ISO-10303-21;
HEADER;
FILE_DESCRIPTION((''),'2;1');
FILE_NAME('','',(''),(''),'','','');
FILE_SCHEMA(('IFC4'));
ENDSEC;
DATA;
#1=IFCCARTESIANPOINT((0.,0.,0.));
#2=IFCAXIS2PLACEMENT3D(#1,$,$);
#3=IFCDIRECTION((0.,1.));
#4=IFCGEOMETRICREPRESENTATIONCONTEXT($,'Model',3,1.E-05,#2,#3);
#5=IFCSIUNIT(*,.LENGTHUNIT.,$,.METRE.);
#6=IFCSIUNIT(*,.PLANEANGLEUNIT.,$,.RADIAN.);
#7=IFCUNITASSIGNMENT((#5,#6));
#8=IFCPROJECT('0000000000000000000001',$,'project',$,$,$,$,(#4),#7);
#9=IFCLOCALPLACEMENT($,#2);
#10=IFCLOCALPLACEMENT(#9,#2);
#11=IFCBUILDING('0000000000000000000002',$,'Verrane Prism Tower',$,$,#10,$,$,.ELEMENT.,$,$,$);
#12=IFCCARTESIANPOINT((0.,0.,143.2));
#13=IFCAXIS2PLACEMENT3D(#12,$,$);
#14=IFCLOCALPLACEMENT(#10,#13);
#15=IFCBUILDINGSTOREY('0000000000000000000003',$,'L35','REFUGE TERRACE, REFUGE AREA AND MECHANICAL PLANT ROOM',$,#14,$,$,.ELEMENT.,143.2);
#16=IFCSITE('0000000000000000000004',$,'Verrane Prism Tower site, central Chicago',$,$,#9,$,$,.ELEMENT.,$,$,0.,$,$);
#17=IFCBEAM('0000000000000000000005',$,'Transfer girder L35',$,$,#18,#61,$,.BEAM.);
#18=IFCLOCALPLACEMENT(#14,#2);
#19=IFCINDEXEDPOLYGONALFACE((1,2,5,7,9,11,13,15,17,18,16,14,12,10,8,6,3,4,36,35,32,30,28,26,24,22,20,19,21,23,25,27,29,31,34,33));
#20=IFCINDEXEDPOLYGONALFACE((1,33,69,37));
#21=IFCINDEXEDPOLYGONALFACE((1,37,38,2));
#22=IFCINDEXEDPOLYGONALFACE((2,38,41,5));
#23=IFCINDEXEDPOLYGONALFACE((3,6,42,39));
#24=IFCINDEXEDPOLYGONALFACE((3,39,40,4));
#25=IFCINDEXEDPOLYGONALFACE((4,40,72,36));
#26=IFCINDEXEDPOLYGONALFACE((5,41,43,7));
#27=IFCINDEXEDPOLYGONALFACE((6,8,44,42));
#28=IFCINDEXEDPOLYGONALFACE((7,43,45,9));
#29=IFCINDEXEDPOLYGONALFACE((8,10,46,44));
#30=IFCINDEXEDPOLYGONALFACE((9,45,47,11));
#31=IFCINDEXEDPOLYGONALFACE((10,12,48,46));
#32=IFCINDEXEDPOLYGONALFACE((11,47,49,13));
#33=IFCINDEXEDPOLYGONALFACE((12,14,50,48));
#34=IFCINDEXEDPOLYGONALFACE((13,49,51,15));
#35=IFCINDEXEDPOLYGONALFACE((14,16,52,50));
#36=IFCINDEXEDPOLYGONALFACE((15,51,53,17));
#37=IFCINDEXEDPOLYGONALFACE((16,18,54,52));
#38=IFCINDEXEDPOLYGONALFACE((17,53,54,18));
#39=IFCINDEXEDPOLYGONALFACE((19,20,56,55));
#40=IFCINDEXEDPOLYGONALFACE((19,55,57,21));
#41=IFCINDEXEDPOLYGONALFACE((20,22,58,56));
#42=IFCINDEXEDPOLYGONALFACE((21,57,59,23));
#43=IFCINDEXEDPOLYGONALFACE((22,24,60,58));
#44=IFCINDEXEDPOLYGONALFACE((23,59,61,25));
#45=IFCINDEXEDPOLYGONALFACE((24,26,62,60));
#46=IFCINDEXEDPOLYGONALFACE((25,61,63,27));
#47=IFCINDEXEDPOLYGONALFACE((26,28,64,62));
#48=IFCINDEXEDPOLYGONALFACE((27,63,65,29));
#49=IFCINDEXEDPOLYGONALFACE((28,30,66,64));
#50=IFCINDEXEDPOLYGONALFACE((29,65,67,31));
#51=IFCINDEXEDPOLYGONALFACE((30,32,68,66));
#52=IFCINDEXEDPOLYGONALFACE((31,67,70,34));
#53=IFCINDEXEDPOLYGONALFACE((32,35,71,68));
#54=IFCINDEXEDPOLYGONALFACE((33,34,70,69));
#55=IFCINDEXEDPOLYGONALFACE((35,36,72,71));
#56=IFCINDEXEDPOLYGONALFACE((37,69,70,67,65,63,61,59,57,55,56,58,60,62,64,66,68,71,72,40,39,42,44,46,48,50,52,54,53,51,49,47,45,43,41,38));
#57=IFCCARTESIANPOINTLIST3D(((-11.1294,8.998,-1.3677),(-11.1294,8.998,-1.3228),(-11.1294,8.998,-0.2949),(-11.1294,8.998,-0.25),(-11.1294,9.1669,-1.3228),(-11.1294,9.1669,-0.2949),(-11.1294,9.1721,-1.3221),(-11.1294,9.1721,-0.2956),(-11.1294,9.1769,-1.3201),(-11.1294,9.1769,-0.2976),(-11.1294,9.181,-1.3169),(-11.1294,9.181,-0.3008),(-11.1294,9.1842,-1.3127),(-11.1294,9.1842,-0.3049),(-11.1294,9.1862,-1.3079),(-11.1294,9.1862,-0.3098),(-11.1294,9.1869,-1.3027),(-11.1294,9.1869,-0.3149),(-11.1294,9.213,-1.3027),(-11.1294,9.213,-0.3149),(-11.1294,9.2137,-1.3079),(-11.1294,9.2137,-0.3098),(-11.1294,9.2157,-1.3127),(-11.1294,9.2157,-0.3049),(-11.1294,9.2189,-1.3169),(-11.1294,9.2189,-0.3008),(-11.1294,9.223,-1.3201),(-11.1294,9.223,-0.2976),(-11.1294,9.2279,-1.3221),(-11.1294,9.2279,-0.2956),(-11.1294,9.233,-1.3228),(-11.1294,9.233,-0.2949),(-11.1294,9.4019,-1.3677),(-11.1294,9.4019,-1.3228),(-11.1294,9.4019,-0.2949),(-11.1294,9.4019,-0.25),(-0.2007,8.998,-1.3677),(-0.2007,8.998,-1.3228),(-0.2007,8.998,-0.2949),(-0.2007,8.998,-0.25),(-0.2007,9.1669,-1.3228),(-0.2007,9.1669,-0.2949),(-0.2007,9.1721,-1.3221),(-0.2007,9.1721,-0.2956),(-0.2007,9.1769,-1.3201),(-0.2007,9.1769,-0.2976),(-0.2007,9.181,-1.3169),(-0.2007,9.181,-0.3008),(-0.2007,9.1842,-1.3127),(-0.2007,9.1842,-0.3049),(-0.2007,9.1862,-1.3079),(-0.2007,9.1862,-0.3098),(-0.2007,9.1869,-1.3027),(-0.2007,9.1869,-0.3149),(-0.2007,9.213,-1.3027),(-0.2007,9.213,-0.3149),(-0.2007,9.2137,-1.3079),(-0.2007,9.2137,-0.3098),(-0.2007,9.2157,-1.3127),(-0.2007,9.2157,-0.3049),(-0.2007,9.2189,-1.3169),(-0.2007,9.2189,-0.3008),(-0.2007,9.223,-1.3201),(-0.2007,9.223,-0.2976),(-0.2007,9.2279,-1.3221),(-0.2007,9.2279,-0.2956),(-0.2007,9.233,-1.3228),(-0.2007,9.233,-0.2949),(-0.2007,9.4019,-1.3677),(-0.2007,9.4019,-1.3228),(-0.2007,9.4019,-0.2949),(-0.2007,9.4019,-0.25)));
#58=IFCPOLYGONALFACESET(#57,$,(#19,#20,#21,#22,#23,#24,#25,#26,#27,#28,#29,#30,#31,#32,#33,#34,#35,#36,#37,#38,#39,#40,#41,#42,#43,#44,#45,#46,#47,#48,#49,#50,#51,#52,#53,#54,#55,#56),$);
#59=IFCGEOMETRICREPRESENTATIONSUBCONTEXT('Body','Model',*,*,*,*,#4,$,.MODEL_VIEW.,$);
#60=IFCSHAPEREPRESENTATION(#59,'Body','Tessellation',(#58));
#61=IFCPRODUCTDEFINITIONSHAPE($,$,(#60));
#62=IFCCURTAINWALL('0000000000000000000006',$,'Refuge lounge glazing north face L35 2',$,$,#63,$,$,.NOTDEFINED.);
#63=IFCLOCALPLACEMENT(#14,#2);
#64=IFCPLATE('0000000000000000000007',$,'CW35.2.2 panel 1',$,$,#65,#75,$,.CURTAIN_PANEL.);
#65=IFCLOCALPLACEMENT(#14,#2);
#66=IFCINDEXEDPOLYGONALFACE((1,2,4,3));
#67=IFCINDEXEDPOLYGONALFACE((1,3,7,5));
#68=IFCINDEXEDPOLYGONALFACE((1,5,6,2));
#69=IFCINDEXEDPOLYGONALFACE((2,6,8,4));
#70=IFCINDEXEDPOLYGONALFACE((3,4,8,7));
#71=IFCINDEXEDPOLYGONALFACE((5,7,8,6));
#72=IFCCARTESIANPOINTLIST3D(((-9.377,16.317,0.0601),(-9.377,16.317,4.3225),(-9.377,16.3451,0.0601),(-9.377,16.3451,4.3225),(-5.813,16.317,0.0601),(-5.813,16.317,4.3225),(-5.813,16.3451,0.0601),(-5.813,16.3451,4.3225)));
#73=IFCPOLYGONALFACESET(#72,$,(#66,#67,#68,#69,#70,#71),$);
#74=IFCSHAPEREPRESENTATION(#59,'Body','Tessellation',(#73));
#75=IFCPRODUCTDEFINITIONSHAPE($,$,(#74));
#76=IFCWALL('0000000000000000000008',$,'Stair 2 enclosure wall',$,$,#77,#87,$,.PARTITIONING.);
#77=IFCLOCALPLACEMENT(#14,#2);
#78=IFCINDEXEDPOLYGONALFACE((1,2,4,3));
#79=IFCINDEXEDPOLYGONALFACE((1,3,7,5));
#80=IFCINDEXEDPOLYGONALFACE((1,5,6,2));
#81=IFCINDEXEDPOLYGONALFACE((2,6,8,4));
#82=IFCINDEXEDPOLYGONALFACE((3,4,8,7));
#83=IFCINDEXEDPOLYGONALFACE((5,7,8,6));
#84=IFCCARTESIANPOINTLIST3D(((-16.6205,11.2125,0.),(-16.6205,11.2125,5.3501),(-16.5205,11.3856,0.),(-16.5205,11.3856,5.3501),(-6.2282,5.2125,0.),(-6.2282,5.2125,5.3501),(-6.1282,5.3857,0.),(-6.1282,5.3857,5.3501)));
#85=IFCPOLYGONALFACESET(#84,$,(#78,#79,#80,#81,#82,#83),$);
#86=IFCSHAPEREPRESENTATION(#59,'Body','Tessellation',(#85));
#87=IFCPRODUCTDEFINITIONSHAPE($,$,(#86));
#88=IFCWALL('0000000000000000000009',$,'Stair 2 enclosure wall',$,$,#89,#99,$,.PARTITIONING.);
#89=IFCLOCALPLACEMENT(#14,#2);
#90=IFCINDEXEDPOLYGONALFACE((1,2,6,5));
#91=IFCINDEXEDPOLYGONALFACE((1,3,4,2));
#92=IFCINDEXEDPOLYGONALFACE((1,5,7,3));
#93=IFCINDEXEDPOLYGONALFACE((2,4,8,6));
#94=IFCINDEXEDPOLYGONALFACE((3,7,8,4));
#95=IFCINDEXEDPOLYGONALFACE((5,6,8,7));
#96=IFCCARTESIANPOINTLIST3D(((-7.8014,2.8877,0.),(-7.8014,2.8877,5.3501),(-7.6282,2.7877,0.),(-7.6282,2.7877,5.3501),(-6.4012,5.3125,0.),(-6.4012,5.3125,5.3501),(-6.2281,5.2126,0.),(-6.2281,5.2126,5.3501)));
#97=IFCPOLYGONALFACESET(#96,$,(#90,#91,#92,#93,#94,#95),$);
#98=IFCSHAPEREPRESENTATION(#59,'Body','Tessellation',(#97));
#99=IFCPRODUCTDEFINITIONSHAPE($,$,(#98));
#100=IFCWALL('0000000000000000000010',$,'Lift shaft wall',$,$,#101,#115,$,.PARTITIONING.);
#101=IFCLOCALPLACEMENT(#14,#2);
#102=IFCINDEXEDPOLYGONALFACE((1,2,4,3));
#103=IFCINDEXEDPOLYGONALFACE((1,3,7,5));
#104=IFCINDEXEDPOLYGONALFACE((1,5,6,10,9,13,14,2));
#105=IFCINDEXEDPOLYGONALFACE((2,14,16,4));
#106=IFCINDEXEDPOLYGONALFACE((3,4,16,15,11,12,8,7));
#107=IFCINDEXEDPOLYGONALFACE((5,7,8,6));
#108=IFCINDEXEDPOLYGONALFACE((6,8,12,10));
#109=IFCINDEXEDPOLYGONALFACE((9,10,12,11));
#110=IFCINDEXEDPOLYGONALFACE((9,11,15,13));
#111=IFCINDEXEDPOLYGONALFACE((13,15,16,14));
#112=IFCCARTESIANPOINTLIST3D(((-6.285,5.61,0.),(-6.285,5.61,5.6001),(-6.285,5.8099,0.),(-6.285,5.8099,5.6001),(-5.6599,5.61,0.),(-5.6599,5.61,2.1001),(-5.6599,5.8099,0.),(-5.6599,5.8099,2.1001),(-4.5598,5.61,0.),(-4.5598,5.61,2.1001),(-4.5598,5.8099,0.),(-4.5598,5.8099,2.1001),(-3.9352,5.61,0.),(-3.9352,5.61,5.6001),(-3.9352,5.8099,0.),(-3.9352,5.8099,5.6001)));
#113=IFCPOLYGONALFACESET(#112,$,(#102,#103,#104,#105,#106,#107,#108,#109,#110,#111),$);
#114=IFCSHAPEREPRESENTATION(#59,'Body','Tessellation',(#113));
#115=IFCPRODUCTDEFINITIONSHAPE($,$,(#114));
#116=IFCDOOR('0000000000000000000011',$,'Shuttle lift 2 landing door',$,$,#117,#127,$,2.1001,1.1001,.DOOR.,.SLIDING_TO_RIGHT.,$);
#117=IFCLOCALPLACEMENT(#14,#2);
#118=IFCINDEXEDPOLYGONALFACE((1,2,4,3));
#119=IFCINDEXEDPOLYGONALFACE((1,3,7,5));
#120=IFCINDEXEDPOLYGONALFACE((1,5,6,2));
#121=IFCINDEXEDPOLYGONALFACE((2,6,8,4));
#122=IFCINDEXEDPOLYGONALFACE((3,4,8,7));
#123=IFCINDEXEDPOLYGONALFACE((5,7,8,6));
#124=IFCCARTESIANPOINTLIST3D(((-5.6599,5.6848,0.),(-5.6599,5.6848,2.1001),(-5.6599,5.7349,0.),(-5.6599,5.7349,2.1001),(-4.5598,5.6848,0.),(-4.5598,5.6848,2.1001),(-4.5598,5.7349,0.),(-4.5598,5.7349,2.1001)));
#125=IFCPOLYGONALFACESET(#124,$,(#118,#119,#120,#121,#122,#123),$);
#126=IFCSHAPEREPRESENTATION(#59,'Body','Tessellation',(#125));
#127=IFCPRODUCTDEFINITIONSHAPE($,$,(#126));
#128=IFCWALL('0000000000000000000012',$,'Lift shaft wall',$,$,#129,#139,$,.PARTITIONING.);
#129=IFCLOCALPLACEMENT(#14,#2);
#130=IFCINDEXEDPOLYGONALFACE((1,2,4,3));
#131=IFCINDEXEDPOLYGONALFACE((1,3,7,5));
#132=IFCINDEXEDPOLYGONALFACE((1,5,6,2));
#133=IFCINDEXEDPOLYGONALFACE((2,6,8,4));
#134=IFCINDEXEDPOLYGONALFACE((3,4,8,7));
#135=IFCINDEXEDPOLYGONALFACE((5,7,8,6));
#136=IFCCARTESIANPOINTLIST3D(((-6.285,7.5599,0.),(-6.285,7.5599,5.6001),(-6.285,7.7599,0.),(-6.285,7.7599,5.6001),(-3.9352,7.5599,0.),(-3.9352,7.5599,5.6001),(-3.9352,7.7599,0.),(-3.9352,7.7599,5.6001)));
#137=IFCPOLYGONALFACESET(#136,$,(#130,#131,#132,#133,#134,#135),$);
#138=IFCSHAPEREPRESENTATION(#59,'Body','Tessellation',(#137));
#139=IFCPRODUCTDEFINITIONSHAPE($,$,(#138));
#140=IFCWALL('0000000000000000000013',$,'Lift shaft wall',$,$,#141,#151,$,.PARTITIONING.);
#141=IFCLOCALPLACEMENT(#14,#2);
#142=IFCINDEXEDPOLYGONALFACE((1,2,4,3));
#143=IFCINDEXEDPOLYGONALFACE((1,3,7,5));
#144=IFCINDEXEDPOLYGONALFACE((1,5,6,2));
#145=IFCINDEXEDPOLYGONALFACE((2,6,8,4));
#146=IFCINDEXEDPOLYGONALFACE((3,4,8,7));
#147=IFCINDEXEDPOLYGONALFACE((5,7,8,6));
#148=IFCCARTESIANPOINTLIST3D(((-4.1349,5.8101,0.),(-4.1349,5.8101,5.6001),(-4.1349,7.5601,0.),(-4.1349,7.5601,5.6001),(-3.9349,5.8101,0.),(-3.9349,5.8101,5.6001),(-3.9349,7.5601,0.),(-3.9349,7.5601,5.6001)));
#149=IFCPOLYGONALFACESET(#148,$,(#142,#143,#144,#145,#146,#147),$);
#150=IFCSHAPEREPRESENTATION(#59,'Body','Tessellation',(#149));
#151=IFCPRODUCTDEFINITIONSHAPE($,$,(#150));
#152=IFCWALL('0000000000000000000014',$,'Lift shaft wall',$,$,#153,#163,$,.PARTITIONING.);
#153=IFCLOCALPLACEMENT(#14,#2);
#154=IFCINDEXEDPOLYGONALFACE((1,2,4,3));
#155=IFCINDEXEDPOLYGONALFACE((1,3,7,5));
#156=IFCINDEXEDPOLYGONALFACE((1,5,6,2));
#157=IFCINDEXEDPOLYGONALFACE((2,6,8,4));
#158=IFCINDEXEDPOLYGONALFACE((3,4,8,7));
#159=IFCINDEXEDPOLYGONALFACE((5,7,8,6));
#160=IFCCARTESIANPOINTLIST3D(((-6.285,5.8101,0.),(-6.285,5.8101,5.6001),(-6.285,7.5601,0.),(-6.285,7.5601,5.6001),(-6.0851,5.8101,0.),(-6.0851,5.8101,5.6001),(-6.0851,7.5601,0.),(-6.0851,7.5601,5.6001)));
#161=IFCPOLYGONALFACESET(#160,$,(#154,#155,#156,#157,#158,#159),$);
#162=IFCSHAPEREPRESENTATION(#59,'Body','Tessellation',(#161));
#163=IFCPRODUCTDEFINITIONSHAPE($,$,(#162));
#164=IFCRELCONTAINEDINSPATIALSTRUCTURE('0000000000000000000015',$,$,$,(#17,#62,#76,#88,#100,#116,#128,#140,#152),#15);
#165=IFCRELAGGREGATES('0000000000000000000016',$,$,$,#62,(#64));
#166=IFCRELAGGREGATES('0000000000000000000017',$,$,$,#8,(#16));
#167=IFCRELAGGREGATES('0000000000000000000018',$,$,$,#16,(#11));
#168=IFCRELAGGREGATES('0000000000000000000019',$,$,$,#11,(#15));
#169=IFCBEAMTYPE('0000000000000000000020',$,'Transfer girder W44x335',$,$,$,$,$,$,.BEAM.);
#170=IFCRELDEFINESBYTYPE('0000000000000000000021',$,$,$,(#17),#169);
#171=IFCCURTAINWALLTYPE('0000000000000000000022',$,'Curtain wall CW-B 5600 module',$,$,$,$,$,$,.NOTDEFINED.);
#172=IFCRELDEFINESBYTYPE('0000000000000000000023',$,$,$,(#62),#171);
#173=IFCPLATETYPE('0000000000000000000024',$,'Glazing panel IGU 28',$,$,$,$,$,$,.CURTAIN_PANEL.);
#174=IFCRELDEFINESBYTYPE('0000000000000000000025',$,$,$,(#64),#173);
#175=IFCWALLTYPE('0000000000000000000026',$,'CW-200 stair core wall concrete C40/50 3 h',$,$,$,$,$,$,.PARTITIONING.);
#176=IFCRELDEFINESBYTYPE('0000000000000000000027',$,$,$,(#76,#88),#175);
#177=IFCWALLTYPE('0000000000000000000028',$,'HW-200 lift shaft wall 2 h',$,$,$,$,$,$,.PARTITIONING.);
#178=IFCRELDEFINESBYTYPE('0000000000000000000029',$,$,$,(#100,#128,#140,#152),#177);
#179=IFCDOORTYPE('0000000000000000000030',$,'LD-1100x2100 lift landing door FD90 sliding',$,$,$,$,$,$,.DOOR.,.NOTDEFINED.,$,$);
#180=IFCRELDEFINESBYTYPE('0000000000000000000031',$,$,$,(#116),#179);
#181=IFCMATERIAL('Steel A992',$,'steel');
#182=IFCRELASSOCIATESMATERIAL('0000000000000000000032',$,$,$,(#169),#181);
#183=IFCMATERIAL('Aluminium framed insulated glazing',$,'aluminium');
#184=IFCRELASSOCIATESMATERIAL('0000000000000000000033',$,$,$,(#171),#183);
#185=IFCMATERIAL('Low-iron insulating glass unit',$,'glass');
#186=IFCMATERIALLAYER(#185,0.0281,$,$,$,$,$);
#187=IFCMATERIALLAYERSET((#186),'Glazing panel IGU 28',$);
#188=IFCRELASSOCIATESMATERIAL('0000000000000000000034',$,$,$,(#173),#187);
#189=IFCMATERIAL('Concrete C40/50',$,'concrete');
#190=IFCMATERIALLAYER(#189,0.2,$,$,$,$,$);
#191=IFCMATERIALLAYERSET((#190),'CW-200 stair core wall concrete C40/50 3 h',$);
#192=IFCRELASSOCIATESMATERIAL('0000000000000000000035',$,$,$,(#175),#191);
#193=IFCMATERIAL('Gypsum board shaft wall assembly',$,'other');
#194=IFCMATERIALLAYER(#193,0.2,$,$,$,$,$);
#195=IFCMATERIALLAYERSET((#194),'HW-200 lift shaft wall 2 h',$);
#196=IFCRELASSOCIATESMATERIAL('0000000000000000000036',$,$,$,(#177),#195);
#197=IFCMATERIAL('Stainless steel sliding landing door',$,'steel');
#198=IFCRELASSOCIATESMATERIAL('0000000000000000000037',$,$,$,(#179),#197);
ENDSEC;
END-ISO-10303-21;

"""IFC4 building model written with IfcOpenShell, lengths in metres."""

from ifc_helpers import new_model, si_unit, direction, frame, frame_2d, origin, origin_2d, place, context, subcontext, project, spatial, rectangle, i_section, extrude, material, layer, layer_set, material_profile, profile_set, type_object, element, fill, aggregate, save


model = new_model("IFC4")

# Units and contexts
model_context = context("Model", 3, precision=1e-05, world=origin(), true_north=direction((0.0, 1.0)))
body_context = subcontext(model_context, "Body", "Model", "MODEL_VIEW")
ifc_project = project(units=[si_unit("LENGTHUNIT", "METRE"), si_unit("PLANEANGLEUNIT", "RADIAN")], contexts=[model_context])

# Site, building, storey
site_placement = place(None, origin())
site = spatial("IfcSite", under=ifc_project, at=site_placement, Name="Verrane Prism Tower site, central Chicago", CompositionType="ELEMENT", RefElevation=0.0)
building_placement = place(site_placement, origin())
building = spatial("IfcBuilding", under=site, at=building_placement, Name="Verrane Prism Tower", CompositionType="ELEMENT")
storey_placement = place(building_placement, frame((0.0, 0.0, 143.2)))
storey = spatial("IfcBuildingStorey", under=building, at=storey_placement, Name="L35", Description="REFUGE TERRACE, REFUGE AREA AND MECHANICAL PLANT ROOM", CompositionType="ELEMENT", Elevation=143.2)

# Beam
ifc_material_1 = material(Name="Steel A992", Category="steel")
ifc_material_profile_1 = material_profile(ifc_material_1, i_section(OverallWidth=0.4038, OverallDepth=1.1177, WebThickness=0.0261, FlangeThickness=0.0449, FilletRadius=0.02, at=origin_2d()), Name="W44x335")
ifc_profile_set_1 = profile_set([ifc_material_profile_1], Name="Steel A992")
beam_type_1 = type_object("IfcBeamType", Name="Transfer girder W44x335", PredefinedType="BEAM", material=ifc_profile_set_1)
beam_1_placement = place(storey_placement, frame((-0.2007, 9.2, -0.8088), z_axis=(-1.0, 0.0, 0.0), x_axis=(0.0, -1.0, 0.0)))
element("IfcBeam", 1, at=beam_1_placement, inside=storey, type_object=beam_type_1, Name="Transfer girder L35", PredefinedType="BEAM", context=body_context, shape_type="SweptSolid", body=[
    extrude(i_section(OverallWidth=0.4038, OverallDepth=1.1177, WebThickness=0.0261, FlangeThickness=0.0449, FilletRadius=0.02, at=origin_2d()), origin(), (0.0, 0.0, 1.0), 10.9287),
])

# Curtain wall, plate
ifc_material_2 = material(Name="Aluminium framed insulated glazing", Category="aluminium")
curtain_wall_type = type_object("IfcCurtainWallType", Name="Curtain wall CW-B 5600 module", PredefinedType="NOTDEFINED", material=ifc_material_2)
curtain_wall_placement = place(storey_placement, origin())
curtain_wall = element("IfcCurtainWall", 2, at=curtain_wall_placement, inside=storey, type_object=curtain_wall_type, Name="Refuge lounge glazing north face L35 2", PredefinedType="NOTDEFINED")
ifc_material_3 = material(Name="Low-iron insulating glass unit", Category="glass")
ifc_layer_1 = layer(ifc_material_3, 0.0281)
ifc_layer_set_1 = layer_set([ifc_layer_1], Name="Glazing panel IGU 28")
plate_type = type_object("IfcPlateType", Name="Glazing panel IGU 28", PredefinedType="CURTAIN_PANEL", material=ifc_layer_set_1)
plate_placement = place(storey_placement, frame((-7.595, 16.3311, 0.0601), z_axis=(0.0, 0.0, 1.0), x_axis=(-1.0, 0.0, 0.0)))
plate = element("IfcPlate", 3, at=plate_placement, type_object=plate_type, Name="CW35.2.2 panel 1", PredefinedType="CURTAIN_PANEL", context=body_context, shape_type="SweptSolid", body=[
    extrude(rectangle(XDim=3.564, YDim=0.0281, at=origin_2d()), origin(), (0.0, 0.0, 1.0), 4.2625),
])
aggregate(curtain_wall, [plate])

# Walls
ifc_material_4 = material(Name="Concrete C40/50", Category="concrete")
ifc_layer_2 = layer(ifc_material_4, 0.2)
ifc_layer_set_2 = layer_set([ifc_layer_2], Name="CW-200 stair core wall concrete C40/50 3 h")
wall_type_1 = type_object("IfcWallType", Name="CW-200 stair core wall concrete C40/50 3 h", PredefinedType="PARTITIONING", material=ifc_layer_set_2)
wall_1_placement = place(storey_placement, frame((-6.1782, 5.2991, 0.0), z_axis=(0.0, 0.0, 1.0), x_axis=(-0.866026, 0.499999, 0.0)))
element("IfcWall", 4, at=wall_1_placement, inside=storey, type_object=wall_type_1, Name="Stair 2 enclosure wall", PredefinedType="PARTITIONING", context=body_context, shape_type="SweptSolid", body=[
    extrude(rectangle(XDim=12.0, YDim=0.2, at=frame_2d((6.0, 0.0))), origin(), (0.0, 0.0, 1.0), 5.3501),
])
wall_2_placement = place(storey_placement, frame((-6.3147, 5.2625, 0.0), z_axis=(0.0, 0.0, 1.0), x_axis=(-0.50005, -0.865997, 0.0)))
element("IfcWall", 5, at=wall_2_placement, inside=storey, type_object=wall_type_1, Name="Stair 2 enclosure wall", PredefinedType="PARTITIONING", context=body_context, shape_type="SweptSolid", body=[
    extrude(rectangle(XDim=2.8, YDim=0.2, at=frame_2d((1.3999, 0.0))), origin(), (0.0, 0.0, 1.0), 5.3501),
])

# Wall, opening, door
ifc_material_5 = material(Name="Gypsum board shaft wall assembly", Category="other")
ifc_layer_3 = layer(ifc_material_5, 0.2)
ifc_layer_set_3 = layer_set([ifc_layer_3], Name="HW-200 lift shaft wall 2 h")
wall_type_2 = type_object("IfcWallType", Name="HW-200 lift shaft wall 2 h", PredefinedType="PARTITIONING", material=ifc_layer_set_3)
wall_3_placement = place(storey_placement, frame((-6.2849, 5.71, 0.0), z_axis=(0.0, 0.0, 1.0), x_axis=(1.0, 0.0, 0.0)))
wall_3 = element("IfcWall", 6, at=wall_3_placement, inside=storey, type_object=wall_type_2, Name="Lift shaft wall", PredefinedType="PARTITIONING", context=body_context, shape_type="SweptSolid", body=[
    extrude(rectangle(XDim=2.3499, YDim=0.2, at=frame_2d((1.1748, 0.0))), origin(), (0.0, 0.0, 1.0), 5.6001),
])
opening_1_placement = place(wall_3_placement, frame((0.625, 0.0, 0.0)))
opening_1 = element("IfcOpeningElement", 7, at=opening_1_placement, cuts=wall_3, PredefinedType="OPENING", context=body_context, shape_type="SweptSolid", body=[
    extrude(rectangle(XDim=1.1001, YDim=2.1001, at=frame_2d((0.55, 1.05))), frame((0.0, 0.1099, 0.0), z_axis=(0.0, -1.0, 0.0), x_axis=(1.0, 0.0, 0.0)), (0.0, 0.0, 1.0), 0.22),
])
ifc_material_6 = material(Name="Stainless steel sliding landing door", Category="steel")
door_type_1 = type_object("IfcDoorType", Name="LD-1100x2100 lift landing door FD90 sliding", OperationType="NOTDEFINED", PredefinedType="DOOR", material=ifc_material_6)
door_1_placement = place(opening_1_placement, origin())
door_1 = element("IfcDoor", 8, at=door_1_placement, inside=storey, type_object=door_type_1, Name="Shuttle lift 2 landing door", OperationType="SLIDING_TO_RIGHT", OverallHeight=2.1001, OverallWidth=1.1001, PredefinedType="DOOR", context=body_context, shape_type="SweptSolid", body=[
    extrude(rectangle(XDim=1.1001, YDim=2.1001, at=frame_2d((0.55, 1.05))), frame((0.0, 0.0249, 0.0), z_axis=(0.0, -1.0, 0.0), x_axis=(1.0, 0.0, 0.0)), (0.0, 0.0, 1.0), 0.05),
])
fill(opening_1, door_1)

# Walls
wall_4_placement = place(storey_placement, frame((-6.2849, 7.6599, 0.0), z_axis=(0.0, 0.0, 1.0), x_axis=(1.0, 0.0, 0.0)))
element("IfcWall", 9, at=wall_4_placement, inside=storey, type_object=wall_type_2, Name="Lift shaft wall", PredefinedType="PARTITIONING", context=body_context, shape_type="SweptSolid", body=[
    extrude(rectangle(XDim=2.3499, YDim=0.2, at=frame_2d((1.1748, 0.0))), origin(), (0.0, 0.0, 1.0), 5.6001),
])
for number, where, z_axis, x_axis, name in (
    (10, (-4.0349, 5.8101, 0.0), (0.0, 0.0, 1.0), (0.0, 1.0, 0.0), "Lift shaft wall"),
    (11, (-6.1851, 5.8101, 0.0), (0.0, 0.0, 1.0), (0.0, 1.0, 0.0), "Lift shaft wall"),
):
    element("IfcWall", number, at=place(storey_placement, frame(where, z_axis=z_axis, x_axis=x_axis)), inside=storey, type_object=wall_type_2, Name=name, PredefinedType="PARTITIONING", context=body_context, shape_type="SweptSolid", body=[
        extrude(rectangle(XDim=1.75, YDim=0.2, at=frame_2d((0.875, 0.0))), origin(), (0.0, 0.0, 1.0), 5.6001),
    ])

save(model, "model.ifc")
